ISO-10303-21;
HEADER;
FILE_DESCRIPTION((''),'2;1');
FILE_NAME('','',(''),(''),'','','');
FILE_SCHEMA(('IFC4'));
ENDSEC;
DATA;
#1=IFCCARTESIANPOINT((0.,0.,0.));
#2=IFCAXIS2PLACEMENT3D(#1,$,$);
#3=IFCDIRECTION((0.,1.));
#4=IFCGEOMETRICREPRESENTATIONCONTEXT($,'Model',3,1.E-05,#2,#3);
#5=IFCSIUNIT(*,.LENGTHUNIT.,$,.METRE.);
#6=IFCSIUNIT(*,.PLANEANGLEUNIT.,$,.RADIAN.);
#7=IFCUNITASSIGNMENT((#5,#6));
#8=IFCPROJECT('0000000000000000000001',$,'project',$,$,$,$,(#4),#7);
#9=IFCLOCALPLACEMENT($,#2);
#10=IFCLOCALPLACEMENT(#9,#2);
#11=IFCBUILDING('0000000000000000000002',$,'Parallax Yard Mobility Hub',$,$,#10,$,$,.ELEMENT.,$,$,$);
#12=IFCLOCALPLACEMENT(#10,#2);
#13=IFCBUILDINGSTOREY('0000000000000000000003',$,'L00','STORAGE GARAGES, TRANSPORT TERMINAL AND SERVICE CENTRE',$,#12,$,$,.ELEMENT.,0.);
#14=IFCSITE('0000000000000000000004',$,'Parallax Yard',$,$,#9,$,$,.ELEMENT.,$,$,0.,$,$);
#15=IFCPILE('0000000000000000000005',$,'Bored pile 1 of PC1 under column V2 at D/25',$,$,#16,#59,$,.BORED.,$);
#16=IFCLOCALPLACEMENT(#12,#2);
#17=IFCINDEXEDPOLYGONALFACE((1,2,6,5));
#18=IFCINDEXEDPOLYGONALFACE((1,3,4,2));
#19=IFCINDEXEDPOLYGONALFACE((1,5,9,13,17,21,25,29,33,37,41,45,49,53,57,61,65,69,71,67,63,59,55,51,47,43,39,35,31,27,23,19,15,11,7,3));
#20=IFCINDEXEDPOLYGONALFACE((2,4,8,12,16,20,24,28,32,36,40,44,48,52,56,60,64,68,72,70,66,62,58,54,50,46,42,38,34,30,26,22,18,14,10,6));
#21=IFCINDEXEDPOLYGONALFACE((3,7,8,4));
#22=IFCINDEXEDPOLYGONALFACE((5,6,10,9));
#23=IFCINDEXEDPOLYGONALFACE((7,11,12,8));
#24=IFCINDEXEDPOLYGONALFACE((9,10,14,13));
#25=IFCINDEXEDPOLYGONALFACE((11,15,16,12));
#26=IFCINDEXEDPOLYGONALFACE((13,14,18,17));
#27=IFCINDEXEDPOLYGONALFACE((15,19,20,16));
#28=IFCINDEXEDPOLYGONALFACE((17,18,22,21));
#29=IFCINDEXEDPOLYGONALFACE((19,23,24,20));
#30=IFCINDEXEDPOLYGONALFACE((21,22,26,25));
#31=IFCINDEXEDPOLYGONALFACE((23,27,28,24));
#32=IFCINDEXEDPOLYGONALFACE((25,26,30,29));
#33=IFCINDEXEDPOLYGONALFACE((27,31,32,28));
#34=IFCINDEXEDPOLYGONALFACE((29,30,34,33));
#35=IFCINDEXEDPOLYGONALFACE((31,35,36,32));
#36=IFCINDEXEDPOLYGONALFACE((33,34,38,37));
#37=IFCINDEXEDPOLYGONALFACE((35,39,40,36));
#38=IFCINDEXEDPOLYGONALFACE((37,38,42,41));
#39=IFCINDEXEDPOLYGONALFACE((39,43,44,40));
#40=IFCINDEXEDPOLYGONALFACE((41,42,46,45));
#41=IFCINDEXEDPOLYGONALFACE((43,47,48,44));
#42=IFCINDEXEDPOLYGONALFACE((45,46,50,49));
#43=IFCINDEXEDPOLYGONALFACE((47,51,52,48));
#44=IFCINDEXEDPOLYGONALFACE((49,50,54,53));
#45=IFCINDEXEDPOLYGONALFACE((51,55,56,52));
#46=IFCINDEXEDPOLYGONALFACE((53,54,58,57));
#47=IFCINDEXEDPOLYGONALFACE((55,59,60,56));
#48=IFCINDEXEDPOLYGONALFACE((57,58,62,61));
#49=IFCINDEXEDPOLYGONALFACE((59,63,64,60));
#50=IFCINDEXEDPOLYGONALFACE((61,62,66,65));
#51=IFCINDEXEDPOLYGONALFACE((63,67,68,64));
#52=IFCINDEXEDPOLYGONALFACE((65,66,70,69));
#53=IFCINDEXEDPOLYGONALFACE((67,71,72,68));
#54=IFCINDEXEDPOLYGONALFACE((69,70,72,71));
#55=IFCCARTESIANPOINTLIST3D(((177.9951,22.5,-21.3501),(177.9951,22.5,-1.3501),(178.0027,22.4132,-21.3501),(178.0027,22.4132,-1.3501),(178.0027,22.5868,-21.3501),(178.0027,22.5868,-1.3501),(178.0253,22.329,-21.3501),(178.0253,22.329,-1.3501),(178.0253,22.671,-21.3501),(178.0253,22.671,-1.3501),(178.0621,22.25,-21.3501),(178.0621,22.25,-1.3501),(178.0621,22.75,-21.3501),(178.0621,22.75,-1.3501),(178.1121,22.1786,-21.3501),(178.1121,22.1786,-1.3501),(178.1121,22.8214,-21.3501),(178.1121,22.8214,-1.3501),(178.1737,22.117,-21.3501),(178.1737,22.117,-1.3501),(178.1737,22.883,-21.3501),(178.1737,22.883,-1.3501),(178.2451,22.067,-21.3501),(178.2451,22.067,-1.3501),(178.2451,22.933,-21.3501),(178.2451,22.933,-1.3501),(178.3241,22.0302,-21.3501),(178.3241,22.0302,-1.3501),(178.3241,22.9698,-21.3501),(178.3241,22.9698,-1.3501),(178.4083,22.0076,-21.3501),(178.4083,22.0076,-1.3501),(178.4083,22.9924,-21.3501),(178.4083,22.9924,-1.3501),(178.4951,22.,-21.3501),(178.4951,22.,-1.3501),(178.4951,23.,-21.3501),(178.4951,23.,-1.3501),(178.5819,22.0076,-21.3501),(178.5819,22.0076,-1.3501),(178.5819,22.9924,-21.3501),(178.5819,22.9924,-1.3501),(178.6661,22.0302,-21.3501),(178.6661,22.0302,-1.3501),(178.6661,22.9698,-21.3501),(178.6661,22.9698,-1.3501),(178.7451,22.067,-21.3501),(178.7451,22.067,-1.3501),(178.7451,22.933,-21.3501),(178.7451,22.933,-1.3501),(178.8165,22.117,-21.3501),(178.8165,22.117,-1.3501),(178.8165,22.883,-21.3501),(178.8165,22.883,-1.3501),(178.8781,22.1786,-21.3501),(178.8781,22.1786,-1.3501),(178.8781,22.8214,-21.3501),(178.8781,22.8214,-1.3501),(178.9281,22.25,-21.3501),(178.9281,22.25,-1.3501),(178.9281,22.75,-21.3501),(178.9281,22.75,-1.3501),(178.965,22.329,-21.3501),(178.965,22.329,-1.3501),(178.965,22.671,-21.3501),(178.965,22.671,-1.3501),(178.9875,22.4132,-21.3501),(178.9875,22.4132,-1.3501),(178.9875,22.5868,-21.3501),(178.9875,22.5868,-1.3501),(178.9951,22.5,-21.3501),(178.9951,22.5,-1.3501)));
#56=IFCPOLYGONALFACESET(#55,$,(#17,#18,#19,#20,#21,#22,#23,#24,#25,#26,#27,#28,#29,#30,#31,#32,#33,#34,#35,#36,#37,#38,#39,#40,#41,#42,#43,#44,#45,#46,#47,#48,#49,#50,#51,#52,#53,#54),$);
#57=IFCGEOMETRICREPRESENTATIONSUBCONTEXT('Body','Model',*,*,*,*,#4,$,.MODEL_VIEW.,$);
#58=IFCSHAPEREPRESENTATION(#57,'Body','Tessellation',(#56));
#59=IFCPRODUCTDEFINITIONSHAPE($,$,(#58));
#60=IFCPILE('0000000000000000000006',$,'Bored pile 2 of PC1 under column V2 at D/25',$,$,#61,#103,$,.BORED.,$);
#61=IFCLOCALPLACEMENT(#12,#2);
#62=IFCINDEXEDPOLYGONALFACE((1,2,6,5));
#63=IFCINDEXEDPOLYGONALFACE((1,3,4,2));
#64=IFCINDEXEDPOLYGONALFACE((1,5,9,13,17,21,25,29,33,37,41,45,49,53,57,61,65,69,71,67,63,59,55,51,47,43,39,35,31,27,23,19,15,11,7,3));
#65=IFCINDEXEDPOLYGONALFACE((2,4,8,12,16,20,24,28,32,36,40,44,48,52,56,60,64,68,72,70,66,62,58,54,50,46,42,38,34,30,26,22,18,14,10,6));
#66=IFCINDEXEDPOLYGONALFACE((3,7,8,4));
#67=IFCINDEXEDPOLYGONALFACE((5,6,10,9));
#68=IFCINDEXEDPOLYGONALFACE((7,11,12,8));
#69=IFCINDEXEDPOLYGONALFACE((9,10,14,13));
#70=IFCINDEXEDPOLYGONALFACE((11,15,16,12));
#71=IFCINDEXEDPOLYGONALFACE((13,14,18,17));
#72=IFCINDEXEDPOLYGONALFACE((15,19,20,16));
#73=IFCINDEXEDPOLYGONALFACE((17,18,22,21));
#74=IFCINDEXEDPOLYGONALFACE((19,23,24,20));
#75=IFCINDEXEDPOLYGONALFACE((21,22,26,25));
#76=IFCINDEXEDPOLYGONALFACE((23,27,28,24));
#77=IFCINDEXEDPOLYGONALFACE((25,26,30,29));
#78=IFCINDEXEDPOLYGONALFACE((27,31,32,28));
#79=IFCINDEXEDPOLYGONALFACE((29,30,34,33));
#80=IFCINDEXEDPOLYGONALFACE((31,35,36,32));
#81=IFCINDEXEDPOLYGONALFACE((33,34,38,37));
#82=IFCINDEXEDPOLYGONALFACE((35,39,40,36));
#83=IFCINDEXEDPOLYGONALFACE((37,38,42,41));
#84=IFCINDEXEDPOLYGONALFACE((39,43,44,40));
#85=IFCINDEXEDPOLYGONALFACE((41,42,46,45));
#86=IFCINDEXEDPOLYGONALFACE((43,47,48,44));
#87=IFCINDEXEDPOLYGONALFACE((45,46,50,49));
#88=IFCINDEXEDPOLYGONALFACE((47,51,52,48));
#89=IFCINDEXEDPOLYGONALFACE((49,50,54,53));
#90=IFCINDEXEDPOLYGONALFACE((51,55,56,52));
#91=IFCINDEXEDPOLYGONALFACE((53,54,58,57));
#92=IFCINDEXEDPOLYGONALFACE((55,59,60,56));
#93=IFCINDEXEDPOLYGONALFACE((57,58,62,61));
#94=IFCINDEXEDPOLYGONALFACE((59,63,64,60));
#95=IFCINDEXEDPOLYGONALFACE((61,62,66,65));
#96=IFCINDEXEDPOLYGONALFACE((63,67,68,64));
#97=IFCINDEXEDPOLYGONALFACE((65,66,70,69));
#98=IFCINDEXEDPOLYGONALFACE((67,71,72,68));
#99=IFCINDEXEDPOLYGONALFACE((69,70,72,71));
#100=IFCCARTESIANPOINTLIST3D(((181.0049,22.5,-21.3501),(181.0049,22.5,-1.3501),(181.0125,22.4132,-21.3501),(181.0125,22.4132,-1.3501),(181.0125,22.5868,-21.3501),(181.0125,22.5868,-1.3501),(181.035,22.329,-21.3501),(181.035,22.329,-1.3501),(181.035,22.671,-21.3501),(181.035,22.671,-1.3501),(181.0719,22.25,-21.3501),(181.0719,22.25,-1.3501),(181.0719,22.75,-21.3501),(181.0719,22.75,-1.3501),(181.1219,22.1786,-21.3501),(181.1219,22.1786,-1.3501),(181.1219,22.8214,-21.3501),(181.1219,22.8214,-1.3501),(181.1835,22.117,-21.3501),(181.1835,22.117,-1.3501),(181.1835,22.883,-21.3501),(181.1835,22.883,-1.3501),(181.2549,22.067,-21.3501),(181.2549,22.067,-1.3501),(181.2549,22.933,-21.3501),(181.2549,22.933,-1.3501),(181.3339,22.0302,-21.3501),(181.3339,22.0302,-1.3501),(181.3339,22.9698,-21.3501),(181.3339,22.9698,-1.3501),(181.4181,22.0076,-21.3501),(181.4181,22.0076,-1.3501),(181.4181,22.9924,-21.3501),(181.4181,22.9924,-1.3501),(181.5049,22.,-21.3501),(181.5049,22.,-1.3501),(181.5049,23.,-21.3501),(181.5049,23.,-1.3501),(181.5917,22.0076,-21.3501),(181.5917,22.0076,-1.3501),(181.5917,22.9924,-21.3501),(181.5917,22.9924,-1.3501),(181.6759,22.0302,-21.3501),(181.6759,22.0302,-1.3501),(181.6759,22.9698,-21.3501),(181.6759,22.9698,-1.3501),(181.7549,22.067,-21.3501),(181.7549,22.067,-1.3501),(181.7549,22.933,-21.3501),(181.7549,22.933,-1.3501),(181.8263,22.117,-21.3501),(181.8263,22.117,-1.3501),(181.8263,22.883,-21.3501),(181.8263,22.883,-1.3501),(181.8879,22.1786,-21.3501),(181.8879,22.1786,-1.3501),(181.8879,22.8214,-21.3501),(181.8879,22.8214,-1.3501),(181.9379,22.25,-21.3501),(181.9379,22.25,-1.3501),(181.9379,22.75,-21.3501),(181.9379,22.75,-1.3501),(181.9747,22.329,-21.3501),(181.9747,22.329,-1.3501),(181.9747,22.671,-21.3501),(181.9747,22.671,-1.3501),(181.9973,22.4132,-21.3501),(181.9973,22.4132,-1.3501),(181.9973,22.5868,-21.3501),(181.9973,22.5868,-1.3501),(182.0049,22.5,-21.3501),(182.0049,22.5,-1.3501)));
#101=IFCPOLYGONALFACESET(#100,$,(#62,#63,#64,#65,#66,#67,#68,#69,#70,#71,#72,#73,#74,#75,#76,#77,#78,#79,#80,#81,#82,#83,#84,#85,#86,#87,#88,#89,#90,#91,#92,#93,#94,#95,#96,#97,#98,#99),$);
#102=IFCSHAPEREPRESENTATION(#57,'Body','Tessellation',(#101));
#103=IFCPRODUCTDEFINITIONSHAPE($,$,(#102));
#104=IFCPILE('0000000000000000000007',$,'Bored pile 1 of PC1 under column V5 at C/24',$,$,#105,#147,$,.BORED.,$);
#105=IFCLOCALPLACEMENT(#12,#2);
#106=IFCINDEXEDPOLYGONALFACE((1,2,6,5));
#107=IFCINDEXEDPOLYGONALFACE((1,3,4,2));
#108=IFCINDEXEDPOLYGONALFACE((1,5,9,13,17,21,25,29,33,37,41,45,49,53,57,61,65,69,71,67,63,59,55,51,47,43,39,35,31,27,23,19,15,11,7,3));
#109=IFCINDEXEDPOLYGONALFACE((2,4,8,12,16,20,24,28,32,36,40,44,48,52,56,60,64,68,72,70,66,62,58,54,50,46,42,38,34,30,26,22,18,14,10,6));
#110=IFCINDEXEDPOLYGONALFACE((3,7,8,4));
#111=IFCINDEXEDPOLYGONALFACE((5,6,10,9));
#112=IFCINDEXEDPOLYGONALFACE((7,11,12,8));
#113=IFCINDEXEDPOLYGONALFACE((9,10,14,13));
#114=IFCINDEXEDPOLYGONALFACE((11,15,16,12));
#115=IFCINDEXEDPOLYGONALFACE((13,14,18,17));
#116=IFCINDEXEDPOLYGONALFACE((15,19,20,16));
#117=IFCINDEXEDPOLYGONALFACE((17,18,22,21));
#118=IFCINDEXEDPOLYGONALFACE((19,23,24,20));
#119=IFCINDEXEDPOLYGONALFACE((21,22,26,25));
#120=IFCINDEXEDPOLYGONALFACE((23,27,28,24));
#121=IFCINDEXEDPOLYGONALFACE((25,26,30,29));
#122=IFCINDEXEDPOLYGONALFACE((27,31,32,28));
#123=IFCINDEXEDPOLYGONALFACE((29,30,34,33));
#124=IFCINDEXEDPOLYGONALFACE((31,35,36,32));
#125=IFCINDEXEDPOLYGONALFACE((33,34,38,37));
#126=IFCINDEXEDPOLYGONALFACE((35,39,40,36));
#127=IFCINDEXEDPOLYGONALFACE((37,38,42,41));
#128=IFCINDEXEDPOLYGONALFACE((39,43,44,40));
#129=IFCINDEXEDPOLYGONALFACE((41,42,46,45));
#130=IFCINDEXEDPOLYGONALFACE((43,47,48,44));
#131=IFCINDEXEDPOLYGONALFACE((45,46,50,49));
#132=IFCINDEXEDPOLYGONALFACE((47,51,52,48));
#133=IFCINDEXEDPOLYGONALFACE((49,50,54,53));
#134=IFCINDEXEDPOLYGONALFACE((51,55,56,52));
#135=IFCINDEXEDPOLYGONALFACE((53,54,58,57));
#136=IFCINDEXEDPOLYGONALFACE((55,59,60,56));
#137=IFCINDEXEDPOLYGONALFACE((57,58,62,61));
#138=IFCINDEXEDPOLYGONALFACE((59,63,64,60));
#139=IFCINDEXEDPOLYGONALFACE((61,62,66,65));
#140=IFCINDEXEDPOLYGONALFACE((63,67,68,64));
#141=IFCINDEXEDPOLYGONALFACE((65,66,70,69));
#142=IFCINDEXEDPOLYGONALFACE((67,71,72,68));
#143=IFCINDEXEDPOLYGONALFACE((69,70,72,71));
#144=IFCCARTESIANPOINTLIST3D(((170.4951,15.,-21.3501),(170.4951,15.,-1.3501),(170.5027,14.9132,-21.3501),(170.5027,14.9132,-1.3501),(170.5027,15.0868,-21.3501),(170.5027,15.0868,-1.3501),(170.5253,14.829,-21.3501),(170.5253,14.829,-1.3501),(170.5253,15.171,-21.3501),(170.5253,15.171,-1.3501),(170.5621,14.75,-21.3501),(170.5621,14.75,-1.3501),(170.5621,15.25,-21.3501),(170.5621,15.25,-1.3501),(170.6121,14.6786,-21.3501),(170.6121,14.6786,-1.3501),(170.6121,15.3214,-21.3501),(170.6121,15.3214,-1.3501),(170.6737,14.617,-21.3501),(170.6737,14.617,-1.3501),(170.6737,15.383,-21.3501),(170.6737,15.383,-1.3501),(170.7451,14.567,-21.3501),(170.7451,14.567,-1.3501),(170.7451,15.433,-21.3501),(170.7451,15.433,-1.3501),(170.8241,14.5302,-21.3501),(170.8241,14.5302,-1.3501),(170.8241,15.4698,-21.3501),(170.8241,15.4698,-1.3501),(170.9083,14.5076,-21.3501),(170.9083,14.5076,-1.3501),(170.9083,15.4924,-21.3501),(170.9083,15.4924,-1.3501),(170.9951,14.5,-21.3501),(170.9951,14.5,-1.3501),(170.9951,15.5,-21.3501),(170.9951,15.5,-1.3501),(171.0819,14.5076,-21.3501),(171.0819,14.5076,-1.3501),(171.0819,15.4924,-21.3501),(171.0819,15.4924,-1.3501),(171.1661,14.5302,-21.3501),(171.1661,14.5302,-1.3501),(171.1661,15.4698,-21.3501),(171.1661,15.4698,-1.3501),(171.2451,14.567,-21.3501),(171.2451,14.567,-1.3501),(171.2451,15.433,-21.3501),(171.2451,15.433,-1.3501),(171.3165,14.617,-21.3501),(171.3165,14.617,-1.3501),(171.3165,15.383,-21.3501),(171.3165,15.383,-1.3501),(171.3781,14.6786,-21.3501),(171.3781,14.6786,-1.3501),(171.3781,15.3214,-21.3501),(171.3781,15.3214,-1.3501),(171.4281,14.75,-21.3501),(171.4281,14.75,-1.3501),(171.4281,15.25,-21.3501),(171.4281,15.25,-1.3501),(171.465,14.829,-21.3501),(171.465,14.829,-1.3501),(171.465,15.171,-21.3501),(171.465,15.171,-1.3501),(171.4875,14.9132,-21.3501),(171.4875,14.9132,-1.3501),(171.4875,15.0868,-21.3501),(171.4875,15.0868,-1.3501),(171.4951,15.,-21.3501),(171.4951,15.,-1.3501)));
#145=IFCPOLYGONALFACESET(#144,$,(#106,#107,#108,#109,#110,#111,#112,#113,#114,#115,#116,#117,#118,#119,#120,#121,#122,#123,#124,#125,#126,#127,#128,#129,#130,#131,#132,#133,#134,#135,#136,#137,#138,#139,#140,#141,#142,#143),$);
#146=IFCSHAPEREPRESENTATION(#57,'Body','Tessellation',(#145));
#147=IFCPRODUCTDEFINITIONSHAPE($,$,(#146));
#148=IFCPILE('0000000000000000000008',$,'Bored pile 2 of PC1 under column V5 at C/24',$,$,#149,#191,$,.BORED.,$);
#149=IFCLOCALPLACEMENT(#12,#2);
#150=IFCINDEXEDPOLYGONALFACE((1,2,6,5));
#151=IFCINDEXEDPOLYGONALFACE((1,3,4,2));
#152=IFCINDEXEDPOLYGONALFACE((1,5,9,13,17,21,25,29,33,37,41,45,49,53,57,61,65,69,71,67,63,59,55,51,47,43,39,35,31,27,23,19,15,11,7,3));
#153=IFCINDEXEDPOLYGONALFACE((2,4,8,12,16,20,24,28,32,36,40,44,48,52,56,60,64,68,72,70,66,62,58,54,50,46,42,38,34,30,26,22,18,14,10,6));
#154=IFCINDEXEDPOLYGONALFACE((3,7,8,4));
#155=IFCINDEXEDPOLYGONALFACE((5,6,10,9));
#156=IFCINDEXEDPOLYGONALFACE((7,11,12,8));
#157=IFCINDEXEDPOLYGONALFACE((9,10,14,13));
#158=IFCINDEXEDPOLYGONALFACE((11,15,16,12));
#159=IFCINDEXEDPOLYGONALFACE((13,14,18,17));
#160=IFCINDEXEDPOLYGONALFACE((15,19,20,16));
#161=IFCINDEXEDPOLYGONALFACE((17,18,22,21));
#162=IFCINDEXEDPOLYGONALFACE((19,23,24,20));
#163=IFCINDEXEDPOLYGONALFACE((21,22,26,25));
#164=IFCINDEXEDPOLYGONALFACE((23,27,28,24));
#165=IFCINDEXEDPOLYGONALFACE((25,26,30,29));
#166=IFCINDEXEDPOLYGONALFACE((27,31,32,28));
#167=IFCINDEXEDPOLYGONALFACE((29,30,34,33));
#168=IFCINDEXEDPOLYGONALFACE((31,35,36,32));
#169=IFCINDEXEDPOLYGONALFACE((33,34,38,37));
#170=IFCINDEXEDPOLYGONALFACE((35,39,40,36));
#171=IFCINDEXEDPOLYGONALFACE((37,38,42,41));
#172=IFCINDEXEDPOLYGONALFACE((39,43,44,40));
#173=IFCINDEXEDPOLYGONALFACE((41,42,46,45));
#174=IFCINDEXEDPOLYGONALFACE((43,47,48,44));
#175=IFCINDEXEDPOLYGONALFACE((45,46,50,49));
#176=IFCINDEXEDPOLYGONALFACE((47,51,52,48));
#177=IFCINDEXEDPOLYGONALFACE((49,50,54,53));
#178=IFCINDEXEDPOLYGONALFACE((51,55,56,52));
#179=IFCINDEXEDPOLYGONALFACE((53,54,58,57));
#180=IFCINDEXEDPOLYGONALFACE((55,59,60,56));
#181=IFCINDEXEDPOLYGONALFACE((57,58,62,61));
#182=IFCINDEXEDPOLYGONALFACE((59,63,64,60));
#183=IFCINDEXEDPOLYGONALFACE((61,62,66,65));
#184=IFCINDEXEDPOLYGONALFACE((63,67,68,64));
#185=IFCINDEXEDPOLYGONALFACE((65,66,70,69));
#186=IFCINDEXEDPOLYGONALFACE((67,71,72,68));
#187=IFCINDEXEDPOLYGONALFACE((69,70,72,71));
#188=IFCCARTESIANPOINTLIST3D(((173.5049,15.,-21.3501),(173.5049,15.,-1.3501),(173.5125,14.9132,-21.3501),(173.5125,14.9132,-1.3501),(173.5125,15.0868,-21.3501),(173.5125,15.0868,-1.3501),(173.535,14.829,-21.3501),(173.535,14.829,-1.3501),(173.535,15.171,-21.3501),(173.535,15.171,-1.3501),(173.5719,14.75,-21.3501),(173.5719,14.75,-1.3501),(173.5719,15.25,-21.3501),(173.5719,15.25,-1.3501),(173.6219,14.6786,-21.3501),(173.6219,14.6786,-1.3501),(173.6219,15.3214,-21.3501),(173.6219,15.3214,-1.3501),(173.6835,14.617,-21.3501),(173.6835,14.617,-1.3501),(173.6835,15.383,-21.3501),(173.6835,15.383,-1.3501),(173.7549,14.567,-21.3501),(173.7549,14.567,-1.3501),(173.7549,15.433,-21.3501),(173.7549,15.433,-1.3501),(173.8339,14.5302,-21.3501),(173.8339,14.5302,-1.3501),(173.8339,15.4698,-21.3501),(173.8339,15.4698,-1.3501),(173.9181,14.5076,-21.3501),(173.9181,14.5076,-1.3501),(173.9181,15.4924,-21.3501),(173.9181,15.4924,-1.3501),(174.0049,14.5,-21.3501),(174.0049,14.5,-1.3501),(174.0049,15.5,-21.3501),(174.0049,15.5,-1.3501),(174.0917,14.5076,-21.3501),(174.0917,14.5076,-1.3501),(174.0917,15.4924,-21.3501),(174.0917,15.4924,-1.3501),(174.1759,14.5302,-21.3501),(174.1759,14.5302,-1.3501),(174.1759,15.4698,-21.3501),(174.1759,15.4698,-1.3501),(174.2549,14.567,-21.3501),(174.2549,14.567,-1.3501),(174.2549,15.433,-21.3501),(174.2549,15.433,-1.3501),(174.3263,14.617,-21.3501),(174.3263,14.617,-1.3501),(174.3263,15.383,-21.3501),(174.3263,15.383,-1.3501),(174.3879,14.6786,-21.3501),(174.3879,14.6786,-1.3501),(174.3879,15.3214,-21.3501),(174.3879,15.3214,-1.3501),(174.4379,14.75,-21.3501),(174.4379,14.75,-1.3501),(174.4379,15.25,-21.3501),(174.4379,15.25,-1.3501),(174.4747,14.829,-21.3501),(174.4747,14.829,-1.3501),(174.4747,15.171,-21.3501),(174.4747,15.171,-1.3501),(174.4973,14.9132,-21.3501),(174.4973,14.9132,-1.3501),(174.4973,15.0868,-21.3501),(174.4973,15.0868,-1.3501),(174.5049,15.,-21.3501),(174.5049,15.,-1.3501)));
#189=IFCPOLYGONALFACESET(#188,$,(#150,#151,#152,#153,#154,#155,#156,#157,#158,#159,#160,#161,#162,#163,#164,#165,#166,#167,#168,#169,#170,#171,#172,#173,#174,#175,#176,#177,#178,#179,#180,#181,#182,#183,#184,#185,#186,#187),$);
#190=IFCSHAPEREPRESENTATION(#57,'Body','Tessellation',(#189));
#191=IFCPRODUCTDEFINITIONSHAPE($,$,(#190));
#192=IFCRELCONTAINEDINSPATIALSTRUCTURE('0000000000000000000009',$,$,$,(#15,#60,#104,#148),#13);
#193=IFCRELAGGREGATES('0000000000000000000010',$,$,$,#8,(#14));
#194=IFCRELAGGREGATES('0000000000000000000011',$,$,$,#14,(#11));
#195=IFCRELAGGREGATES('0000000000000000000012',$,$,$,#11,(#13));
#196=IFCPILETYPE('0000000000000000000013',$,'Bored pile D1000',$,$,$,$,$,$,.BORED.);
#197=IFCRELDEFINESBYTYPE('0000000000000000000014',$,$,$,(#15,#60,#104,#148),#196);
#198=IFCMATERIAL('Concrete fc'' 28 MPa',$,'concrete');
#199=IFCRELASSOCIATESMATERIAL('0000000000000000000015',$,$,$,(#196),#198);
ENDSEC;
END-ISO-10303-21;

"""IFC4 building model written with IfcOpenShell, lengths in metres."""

from ifc_helpers import new_model, si_unit, direction, frame, origin, origin_2d, place, context, subcontext, project, spatial, circle, extrude, material, material_profile, profile_set, type_object, element, save


model = new_model("IFC4")

# Units and contexts
model_context = context("Model", 3, precision=1e-05, world=origin(), true_north=direction((0.0, 1.0)))
body_context = subcontext(model_context, "Body", "Model", "MODEL_VIEW")
ifc_project = project(units=[si_unit("LENGTHUNIT", "METRE"), si_unit("PLANEANGLEUNIT", "RADIAN")], contexts=[model_context])

# Site, building, storey
site_placement = place(None, origin())
site = spatial("IfcSite", under=ifc_project, at=site_placement, Name="Parallax Yard", CompositionType="ELEMENT", RefElevation=0.0)
building_placement = place(site_placement, origin())
building = spatial("IfcBuilding", under=site, at=building_placement, Name="Parallax Yard Mobility Hub", CompositionType="ELEMENT")
storey_placement = place(building_placement, origin())
storey = spatial("IfcBuildingStorey", under=building, at=storey_placement, Name="L00", Description="STORAGE GARAGES, TRANSPORT TERMINAL AND SERVICE CENTRE", CompositionType="ELEMENT", Elevation=0.0)

# Piles
ifc_material_1 = material(Name="Concrete fc' 28 MPa", Category="concrete")
ifc_material_profile_1 = material_profile(ifc_material_1, circle(Radius=0.5, at=origin_2d()), Name="Bored pile D1000")
ifc_profile_set_1 = profile_set([ifc_material_profile_1], Name="Concrete fc' 28 MPa")
pile_type = type_object("IfcPileType", Name="Bored pile D1000", PredefinedType="BORED", material=ifc_profile_set_1)
for number, where, z_axis, x_axis, name in (
    (1, (178.4951, 22.5, -1.3501), (0.0, 0.0, -1.0), (1.0, 0.0, 0.0), "Bored pile 1 of PC1 under column V2 at D/25"),
    (2, (181.5049, 22.5, -1.3501), (0.0, 0.0, -1.0), (1.0, 0.0, 0.0), "Bored pile 2 of PC1 under column V2 at D/25"),
    (3, (170.9951, 15.0, -1.3501), (0.0, 0.0, -1.0), (1.0, 0.0, 0.0), "Bored pile 1 of PC1 under column V5 at C/24"),
    (4, (174.0049, 15.0, -1.3501), (0.0, 0.0, -1.0), (1.0, 0.0, 0.0), "Bored pile 2 of PC1 under column V5 at C/24"),
):
    element("IfcPile", number, at=place(storey_placement, frame(where, z_axis=z_axis, x_axis=x_axis)), inside=storey, type_object=pile_type, Name=name, PredefinedType="BORED", context=body_context, shape_type="SweptSolid", body=[
        extrude(circle(Radius=0.5, at=origin_2d()), origin(), (0.0, 0.0, 1.0), 20.0),
    ])

save(model, "model.ifc")
